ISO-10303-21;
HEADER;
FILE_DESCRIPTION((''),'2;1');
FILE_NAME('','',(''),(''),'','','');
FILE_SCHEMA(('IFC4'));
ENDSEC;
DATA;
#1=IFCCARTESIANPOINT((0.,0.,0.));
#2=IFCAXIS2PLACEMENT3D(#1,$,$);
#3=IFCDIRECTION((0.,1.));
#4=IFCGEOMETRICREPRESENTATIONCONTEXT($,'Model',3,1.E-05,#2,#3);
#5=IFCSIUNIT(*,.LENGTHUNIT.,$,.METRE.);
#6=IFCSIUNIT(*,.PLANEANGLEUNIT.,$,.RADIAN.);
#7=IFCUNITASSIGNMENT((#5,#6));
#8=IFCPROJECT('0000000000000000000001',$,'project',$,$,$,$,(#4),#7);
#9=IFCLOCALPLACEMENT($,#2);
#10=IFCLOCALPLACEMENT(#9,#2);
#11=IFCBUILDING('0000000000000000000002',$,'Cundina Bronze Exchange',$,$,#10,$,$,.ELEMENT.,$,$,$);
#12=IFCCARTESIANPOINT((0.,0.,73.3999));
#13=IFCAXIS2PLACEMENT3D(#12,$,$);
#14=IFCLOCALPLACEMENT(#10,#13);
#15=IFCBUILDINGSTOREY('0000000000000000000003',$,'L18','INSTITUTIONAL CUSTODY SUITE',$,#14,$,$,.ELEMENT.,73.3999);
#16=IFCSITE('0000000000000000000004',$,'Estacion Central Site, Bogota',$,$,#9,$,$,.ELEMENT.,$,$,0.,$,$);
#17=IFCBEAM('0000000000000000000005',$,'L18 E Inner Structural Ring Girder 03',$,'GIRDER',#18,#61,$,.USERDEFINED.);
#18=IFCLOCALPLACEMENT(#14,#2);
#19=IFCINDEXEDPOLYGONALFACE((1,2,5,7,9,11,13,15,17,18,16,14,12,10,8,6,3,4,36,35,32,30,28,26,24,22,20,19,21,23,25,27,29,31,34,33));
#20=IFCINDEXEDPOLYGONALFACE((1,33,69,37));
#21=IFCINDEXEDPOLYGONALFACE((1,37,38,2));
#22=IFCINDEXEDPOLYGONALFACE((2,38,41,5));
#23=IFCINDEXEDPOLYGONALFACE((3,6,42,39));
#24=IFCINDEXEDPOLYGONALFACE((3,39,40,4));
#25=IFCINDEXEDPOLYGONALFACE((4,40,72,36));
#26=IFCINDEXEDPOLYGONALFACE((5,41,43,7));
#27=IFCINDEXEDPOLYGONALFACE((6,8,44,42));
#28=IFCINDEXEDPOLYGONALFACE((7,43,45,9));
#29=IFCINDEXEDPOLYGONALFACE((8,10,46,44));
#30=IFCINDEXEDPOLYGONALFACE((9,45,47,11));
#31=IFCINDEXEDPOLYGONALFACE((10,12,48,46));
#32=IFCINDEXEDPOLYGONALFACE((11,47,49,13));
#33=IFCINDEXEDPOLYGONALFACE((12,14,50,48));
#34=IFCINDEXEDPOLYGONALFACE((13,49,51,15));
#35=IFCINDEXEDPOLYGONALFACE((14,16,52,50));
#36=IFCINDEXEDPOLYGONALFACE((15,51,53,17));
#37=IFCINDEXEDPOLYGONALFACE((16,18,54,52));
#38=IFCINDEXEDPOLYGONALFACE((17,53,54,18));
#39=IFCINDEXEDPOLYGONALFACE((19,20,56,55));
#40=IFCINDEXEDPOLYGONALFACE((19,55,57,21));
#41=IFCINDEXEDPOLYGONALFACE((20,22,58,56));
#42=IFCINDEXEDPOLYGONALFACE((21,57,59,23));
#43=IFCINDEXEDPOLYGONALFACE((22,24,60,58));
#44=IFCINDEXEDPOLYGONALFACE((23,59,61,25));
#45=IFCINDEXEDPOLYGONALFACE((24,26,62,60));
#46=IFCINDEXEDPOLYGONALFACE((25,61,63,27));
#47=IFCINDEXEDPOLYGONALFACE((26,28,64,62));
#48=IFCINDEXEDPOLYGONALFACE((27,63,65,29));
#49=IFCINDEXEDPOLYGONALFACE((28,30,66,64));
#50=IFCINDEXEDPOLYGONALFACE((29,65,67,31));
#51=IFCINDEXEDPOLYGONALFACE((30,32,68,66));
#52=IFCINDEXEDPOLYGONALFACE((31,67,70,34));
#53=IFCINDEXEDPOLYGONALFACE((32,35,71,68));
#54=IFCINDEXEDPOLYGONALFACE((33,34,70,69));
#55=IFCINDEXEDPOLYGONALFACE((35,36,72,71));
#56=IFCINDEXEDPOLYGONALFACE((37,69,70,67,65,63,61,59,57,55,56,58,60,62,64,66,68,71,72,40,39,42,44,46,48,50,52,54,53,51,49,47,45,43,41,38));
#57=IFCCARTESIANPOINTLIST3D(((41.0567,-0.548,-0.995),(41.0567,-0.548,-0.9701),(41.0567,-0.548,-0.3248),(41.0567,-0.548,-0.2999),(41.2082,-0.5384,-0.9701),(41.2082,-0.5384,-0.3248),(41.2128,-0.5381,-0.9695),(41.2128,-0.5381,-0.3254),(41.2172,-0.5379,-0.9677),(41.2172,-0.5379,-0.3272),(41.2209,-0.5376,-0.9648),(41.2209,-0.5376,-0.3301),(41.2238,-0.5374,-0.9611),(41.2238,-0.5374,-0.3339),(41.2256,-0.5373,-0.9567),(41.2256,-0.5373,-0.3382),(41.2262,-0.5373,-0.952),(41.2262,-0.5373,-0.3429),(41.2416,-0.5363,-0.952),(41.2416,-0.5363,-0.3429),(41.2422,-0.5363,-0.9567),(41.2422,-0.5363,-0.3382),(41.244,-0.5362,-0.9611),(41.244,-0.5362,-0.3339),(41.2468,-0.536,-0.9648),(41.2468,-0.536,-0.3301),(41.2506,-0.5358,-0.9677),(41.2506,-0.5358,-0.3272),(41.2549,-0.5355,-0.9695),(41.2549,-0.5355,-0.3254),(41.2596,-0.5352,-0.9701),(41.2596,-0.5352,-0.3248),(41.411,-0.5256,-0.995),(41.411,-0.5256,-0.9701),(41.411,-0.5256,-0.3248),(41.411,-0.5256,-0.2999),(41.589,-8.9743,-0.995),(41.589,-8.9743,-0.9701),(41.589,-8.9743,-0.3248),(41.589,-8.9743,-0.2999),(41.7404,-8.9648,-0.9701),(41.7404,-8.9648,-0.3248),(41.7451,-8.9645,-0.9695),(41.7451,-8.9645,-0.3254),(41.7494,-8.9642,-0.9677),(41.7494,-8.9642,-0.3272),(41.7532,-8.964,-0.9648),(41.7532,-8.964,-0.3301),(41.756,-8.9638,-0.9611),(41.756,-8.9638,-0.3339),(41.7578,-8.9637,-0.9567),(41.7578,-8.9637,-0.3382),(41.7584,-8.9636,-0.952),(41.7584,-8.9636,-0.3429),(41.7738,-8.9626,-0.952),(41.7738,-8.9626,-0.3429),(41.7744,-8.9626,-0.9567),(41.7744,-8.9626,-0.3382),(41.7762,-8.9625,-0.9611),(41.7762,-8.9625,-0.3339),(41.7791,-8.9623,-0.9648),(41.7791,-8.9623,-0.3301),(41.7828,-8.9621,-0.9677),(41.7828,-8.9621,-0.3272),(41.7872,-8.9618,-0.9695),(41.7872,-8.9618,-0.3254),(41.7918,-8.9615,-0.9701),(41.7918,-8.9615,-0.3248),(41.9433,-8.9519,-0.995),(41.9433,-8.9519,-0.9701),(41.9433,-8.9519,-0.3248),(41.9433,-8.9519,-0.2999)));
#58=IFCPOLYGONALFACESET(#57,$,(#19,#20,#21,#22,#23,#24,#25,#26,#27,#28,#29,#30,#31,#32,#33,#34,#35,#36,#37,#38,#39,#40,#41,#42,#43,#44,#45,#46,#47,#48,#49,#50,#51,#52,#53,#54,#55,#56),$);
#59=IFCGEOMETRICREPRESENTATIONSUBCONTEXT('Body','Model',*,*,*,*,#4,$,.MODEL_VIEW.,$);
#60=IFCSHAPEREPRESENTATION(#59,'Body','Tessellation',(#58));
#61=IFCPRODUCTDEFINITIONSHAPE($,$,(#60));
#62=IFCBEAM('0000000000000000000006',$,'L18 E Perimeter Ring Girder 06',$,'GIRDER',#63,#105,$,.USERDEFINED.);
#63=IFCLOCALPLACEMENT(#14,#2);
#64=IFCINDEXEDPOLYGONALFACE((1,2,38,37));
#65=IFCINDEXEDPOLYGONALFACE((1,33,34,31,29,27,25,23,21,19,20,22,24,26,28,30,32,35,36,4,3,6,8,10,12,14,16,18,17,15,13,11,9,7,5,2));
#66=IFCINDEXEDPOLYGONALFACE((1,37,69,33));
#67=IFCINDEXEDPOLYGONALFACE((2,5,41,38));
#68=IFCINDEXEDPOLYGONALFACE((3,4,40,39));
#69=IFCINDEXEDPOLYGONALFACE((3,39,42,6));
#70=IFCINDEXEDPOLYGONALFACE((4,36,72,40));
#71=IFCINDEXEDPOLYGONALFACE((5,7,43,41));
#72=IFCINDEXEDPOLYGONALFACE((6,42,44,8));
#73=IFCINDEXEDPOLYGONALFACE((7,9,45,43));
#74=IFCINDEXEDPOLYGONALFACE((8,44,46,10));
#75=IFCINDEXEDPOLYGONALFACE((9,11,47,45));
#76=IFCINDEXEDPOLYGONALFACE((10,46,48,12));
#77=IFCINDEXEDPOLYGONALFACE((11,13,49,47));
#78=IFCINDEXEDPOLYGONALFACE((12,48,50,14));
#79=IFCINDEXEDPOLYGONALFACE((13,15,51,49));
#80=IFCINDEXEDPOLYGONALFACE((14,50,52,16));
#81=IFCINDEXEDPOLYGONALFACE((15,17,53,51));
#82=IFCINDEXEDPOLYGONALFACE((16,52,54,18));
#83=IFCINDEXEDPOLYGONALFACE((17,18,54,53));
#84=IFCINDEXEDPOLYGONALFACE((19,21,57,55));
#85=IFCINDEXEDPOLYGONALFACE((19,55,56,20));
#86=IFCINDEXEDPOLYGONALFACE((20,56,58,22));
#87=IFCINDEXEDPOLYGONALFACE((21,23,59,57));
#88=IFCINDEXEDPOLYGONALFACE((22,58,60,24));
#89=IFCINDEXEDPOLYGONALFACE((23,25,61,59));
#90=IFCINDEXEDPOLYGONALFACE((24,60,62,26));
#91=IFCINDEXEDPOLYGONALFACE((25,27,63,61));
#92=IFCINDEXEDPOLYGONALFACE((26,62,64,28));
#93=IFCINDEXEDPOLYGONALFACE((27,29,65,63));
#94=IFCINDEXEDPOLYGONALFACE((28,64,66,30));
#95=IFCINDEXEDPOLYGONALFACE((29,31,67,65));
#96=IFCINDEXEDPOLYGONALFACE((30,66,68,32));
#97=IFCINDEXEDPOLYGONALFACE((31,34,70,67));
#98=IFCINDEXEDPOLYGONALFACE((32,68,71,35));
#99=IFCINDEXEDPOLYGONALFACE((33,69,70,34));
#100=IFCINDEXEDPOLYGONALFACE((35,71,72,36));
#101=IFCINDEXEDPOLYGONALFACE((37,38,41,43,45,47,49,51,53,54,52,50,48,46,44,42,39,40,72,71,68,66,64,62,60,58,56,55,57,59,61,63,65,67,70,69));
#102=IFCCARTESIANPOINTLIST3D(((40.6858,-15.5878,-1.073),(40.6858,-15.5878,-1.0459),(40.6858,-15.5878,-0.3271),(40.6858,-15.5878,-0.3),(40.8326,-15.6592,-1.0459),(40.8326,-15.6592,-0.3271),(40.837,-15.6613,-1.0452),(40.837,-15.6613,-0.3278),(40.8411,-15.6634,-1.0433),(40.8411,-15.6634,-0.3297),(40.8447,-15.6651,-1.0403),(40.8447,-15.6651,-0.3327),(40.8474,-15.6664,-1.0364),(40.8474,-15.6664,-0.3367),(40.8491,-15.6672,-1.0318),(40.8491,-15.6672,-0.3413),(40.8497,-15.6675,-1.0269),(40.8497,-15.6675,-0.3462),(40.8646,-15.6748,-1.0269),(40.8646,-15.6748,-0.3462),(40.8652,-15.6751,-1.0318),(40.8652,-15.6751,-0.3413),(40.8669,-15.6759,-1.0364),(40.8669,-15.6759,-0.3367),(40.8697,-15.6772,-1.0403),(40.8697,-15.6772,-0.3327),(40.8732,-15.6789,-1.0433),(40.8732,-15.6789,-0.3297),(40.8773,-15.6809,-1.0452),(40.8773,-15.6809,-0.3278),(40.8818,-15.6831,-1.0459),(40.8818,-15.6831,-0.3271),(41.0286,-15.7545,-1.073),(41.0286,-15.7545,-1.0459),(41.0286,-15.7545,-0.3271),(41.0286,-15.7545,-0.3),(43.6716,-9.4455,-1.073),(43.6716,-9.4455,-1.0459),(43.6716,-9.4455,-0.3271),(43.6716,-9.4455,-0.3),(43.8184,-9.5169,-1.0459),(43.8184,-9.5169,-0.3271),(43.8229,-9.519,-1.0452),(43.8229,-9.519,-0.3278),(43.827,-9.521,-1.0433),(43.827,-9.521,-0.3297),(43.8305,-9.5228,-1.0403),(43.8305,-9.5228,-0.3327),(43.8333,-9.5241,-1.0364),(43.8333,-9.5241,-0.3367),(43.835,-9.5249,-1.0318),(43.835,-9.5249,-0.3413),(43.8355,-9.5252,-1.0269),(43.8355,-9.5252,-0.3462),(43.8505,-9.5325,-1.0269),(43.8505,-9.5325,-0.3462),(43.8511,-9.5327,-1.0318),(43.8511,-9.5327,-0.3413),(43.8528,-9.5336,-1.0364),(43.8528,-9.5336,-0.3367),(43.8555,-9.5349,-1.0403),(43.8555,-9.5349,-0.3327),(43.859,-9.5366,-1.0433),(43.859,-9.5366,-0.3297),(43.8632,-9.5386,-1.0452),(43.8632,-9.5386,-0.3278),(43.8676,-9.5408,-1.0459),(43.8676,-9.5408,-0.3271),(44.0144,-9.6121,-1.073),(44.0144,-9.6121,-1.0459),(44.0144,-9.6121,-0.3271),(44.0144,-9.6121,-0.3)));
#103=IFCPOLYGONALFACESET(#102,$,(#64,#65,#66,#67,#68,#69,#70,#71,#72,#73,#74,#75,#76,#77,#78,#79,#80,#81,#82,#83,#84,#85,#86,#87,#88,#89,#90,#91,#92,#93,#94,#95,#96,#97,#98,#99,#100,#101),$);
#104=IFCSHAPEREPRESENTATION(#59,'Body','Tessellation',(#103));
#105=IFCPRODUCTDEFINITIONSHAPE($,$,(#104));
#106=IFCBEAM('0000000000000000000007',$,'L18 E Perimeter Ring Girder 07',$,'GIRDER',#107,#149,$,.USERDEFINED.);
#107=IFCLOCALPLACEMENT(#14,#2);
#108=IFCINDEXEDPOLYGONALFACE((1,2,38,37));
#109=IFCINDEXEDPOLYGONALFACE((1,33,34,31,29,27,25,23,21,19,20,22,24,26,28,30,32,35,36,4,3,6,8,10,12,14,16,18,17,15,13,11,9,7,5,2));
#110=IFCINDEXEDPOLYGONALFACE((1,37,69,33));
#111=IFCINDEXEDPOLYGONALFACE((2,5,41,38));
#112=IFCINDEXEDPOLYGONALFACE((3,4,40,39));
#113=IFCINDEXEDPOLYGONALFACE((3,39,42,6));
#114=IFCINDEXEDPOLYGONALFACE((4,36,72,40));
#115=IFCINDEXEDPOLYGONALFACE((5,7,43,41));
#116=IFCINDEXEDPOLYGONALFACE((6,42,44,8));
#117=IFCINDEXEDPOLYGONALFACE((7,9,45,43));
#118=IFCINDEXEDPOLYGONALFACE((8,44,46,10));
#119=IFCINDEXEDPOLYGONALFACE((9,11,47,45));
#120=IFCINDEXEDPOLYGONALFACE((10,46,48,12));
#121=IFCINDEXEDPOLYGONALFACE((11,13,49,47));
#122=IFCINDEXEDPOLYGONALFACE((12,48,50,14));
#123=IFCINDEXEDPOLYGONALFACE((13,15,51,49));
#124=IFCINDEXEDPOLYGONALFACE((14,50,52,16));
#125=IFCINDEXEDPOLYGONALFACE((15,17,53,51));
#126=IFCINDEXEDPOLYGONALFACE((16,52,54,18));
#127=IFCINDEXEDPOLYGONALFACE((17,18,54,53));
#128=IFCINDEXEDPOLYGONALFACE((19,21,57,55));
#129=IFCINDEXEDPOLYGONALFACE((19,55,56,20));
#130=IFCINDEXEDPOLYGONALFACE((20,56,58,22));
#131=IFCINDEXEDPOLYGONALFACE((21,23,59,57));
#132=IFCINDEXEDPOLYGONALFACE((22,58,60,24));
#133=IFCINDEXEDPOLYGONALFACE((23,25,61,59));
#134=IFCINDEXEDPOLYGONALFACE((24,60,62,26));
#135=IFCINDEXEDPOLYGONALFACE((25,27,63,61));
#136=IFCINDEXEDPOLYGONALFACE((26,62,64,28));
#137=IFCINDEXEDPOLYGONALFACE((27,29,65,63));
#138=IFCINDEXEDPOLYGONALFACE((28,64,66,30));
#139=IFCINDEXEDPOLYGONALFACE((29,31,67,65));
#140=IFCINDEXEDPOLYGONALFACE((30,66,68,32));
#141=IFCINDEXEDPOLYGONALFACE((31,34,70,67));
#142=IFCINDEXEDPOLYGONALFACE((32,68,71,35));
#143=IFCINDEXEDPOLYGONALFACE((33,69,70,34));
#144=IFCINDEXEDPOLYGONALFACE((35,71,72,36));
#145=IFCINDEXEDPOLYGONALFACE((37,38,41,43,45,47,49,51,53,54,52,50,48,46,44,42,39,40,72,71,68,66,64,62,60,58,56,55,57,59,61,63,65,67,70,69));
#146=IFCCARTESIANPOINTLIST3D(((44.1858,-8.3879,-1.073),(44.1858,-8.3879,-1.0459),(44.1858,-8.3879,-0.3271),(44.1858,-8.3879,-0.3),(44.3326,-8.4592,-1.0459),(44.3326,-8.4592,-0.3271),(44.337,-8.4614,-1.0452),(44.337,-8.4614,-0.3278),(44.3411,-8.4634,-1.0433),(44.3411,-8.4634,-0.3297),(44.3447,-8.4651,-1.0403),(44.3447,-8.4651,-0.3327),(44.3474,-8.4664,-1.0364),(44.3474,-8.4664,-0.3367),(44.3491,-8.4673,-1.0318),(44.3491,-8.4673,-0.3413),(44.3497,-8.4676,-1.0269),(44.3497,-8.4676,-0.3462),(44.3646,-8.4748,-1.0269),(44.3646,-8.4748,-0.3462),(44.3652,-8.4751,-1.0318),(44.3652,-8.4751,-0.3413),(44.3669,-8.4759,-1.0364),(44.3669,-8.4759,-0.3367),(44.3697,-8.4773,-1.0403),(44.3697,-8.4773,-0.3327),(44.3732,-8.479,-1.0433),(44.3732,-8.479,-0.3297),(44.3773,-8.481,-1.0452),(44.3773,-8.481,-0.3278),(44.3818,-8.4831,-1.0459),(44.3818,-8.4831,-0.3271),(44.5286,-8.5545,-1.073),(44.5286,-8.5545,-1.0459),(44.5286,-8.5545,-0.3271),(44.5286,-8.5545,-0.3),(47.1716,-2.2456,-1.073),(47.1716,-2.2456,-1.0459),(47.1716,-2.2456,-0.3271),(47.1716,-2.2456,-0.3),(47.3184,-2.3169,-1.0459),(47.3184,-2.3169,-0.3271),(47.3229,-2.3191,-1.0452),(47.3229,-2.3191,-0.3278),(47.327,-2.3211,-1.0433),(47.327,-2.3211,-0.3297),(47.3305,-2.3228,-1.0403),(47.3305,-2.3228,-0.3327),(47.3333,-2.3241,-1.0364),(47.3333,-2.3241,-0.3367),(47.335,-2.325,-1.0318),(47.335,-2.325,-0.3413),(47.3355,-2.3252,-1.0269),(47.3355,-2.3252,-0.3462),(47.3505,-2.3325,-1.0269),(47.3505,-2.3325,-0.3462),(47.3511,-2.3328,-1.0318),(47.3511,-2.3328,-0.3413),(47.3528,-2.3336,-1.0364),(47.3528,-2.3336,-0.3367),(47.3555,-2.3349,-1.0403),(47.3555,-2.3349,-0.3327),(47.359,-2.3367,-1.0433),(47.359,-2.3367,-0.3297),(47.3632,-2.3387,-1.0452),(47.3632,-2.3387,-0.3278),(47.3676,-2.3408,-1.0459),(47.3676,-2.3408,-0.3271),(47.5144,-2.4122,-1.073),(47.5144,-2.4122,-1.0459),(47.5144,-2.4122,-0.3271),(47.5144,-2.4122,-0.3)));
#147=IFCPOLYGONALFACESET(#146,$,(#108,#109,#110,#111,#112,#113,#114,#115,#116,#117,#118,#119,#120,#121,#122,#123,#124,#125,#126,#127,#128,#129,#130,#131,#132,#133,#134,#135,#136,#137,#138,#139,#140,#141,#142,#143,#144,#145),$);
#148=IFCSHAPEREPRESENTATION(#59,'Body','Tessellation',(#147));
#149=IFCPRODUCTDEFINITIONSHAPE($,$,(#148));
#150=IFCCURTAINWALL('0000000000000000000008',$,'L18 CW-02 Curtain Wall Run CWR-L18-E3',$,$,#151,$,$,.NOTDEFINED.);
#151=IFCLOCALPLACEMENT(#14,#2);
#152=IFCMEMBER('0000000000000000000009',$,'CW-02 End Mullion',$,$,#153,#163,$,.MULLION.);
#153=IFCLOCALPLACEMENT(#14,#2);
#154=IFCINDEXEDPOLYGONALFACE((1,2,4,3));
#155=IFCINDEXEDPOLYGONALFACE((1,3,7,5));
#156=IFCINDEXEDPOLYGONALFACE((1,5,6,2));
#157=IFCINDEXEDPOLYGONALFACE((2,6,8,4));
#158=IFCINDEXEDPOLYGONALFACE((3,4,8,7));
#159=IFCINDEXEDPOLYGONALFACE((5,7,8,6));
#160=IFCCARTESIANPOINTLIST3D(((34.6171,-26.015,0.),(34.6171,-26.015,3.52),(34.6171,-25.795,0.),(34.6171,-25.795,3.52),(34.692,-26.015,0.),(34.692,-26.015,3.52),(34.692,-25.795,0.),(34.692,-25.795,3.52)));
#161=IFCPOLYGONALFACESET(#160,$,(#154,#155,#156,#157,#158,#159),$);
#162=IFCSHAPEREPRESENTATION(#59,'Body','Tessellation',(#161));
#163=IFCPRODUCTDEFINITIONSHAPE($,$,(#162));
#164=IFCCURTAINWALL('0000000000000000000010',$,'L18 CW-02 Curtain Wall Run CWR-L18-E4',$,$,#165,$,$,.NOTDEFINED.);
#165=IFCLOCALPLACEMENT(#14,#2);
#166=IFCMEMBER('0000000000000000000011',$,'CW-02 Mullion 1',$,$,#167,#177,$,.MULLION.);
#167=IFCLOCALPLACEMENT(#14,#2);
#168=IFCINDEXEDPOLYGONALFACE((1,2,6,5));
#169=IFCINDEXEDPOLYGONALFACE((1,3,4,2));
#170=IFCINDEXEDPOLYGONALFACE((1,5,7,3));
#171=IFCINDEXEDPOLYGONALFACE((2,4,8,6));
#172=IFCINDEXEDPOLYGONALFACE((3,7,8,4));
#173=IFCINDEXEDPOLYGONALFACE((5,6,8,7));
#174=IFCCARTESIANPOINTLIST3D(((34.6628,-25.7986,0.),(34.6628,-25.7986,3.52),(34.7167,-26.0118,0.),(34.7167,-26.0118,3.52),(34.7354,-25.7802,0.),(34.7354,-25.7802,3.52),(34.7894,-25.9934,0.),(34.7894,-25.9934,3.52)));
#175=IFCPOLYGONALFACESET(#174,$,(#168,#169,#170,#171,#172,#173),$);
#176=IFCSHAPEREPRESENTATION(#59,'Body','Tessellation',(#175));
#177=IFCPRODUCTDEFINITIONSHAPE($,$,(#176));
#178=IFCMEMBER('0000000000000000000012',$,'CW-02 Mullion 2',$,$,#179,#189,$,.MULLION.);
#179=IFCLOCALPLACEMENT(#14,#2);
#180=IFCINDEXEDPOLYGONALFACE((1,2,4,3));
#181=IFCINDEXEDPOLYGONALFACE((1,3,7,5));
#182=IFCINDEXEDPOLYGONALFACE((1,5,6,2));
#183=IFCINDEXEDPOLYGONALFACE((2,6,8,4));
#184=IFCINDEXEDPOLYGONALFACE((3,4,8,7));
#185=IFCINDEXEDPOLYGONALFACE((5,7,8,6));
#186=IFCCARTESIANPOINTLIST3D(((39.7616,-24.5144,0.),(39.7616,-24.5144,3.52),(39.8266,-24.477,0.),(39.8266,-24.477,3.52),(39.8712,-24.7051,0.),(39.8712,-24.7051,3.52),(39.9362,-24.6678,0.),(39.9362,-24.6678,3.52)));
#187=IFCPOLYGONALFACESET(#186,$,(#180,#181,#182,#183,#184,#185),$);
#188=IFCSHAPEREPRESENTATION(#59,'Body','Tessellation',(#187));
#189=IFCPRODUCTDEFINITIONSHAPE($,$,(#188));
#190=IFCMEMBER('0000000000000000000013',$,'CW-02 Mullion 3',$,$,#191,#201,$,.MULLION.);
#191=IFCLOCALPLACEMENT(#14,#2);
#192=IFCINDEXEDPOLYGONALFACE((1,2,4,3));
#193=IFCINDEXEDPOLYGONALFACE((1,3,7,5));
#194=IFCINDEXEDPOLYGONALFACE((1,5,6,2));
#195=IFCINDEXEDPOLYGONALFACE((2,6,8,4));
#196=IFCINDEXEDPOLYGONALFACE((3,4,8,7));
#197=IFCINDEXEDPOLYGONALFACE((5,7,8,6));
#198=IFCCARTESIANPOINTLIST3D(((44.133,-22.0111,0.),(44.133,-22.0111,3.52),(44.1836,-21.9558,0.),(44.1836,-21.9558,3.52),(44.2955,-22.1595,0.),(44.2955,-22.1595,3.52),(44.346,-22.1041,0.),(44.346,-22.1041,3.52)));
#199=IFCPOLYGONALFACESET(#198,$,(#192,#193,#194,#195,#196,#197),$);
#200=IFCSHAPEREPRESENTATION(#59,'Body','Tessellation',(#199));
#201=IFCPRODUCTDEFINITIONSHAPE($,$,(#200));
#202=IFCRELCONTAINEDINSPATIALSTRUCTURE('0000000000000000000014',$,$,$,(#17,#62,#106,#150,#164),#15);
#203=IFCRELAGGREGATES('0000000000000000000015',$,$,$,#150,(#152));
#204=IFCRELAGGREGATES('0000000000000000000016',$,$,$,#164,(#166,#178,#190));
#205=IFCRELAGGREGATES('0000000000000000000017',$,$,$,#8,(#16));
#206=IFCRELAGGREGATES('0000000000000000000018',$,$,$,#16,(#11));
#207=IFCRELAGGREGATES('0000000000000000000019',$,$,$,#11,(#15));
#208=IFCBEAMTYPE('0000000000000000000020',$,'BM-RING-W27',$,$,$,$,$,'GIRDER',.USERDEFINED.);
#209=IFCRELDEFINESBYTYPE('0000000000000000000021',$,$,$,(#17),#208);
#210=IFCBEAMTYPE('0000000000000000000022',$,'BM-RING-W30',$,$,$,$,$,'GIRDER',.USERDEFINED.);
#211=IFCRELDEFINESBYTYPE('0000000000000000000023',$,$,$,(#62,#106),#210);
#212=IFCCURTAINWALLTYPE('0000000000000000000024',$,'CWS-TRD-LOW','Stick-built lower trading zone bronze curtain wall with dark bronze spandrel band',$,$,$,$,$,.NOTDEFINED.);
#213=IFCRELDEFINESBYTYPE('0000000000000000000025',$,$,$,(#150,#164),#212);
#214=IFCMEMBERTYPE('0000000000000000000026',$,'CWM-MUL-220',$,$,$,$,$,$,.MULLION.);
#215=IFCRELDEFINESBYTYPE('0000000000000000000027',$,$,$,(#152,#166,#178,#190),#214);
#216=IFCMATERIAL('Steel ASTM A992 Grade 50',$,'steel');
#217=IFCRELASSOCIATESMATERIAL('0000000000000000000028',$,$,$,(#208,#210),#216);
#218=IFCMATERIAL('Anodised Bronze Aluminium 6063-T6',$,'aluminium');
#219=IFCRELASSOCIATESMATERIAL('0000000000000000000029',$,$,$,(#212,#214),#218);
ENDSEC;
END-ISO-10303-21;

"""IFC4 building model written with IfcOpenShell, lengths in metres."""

from ifc_helpers import new_model, si_unit, direction, frame, origin, origin_2d, place, context, subcontext, project, spatial, rectangle, i_section, extrude, material, material_profile, profile_set, type_object, element, aggregate, save


model = new_model("IFC4")

# Units and contexts
model_context = context("Model", 3, precision=1e-05, world=origin(), true_north=direction((0.0, 1.0)))
body_context = subcontext(model_context, "Body", "Model", "MODEL_VIEW")
ifc_project = project(units=[si_unit("LENGTHUNIT", "METRE"), si_unit("PLANEANGLEUNIT", "RADIAN")], contexts=[model_context])

# Site, building, storey
site_placement = place(None, origin())
site = spatial("IfcSite", under=ifc_project, at=site_placement, Name="Estacion Central Site, Bogota", CompositionType="ELEMENT", RefElevation=0.0)
building_placement = place(site_placement, origin())
building = spatial("IfcBuilding", under=site, at=building_placement, Name="Cundina Bronze Exchange", CompositionType="ELEMENT")
storey_placement = place(building_placement, frame((0.0, 0.0, 73.3999)))
storey = spatial("IfcBuildingStorey", under=building, at=storey_placement, Name="L18", Description="INSTITUTIONAL CUSTODY SUITE", CompositionType="ELEMENT", Elevation=73.3999)

# Beams
ifc_material_1 = material(Name="Steel ASTM A992 Grade 50", Category="steel")
ifc_material_profile_1 = material_profile(ifc_material_1, i_section(OverallWidth=0.355, OverallDepth=0.6951, WebThickness=0.0154, FlangeThickness=0.0249, FilletRadius=0.0181, at=origin_2d()), Name="W27X146", Category="steel")
ifc_profile_set_1 = profile_set([ifc_material_profile_1], Name="Steel ASTM A992 Grade 50")
beam_type_1 = type_object("IfcBeamType", Name="BM-RING-W27", ElementType="GIRDER", PredefinedType="USERDEFINED", material=ifc_profile_set_1)
beam_1_placement = place(storey_placement, frame((41.7661, -8.9631, -0.6475), z_axis=(-0.063037, 0.998011, 0.0), x_axis=(-0.998011, -0.063037, 0.0)))
element("IfcBeam", 1, at=beam_1_placement, inside=storey, type_object=beam_type_1, Name="L18 E Inner Structural Ring Girder 03", ObjectType="GIRDER", PredefinedType="USERDEFINED", context=body_context, shape_type="SweptSolid", body=[
    extrude(i_section(OverallWidth=0.355, OverallDepth=0.6951, WebThickness=0.0154, FlangeThickness=0.0249, FilletRadius=0.0181, at=origin_2d()), origin(), (0.0, 0.0, 1.0), 8.4431),
])
ifc_material_profile_2 = material_profile(ifc_material_1, i_section(OverallWidth=0.3811, OverallDepth=0.7729, WebThickness=0.0166, FlangeThickness=0.0271, FilletRadius=0.019, at=origin_2d()), Name="W30X173", Category="steel")
ifc_profile_set_2 = profile_set([ifc_material_profile_2], Name="Steel ASTM A992 Grade 50")
beam_type_2 = type_object("IfcBeamType", Name="BM-RING-W30", ElementType="GIRDER", PredefinedType="USERDEFINED", material=ifc_profile_set_2)
for number, where, z_axis, x_axis, name in (
    (2, (40.8572, -15.6711, -0.6865), (0.437191, 0.899369, 0.0), (-0.899369, 0.437191, 0.0), "L18 E Perimeter Ring Girder 06"),
    (3, (44.3572, -8.4712, -0.6865), (0.437191, 0.899369, 0.0), (-0.899369, 0.437191, 0.0), "L18 E Perimeter Ring Girder 07"),
):
    element("IfcBeam", number, at=place(storey_placement, frame(where, z_axis=z_axis, x_axis=x_axis)), inside=storey, type_object=beam_type_2, Name=name, ObjectType="GIRDER", PredefinedType="USERDEFINED", context=body_context, shape_type="SweptSolid", body=[
        extrude(i_section(OverallWidth=0.3811, OverallDepth=0.7729, WebThickness=0.0166, FlangeThickness=0.0271, FilletRadius=0.019, at=origin_2d()), origin(), (0.0, 0.0, 1.0), 6.8296),
    ])

# Curtain wall, member
ifc_material_2 = material(Name="Anodised Bronze Aluminium 6063-T6", Category="aluminium")
curtain_wall_type = type_object("IfcCurtainWallType", Name="CWS-TRD-LOW", Description="Stick-built lower trading zone bronze curtain wall with dark bronze spandrel band", PredefinedType="NOTDEFINED", material=ifc_material_2)
curtain_wall_1_placement = place(storey_placement, origin())
curtain_wall_1 = element("IfcCurtainWall", 4, at=curtain_wall_1_placement, inside=storey, type_object=curtain_wall_type, Name="L18 CW-02 Curtain Wall Run CWR-L18-E3", PredefinedType="NOTDEFINED")
ifc_material_profile_3 = material_profile(ifc_material_2, rectangle(XDim=0.075, YDim=0.22, at=origin_2d()), Name="AL75X220", Category="aluminium")
ifc_profile_set_3 = profile_set([ifc_material_profile_3], Name="Anodised Bronze Aluminium 6063-T6")
member_type_1 = type_object("IfcMemberType", Name="CWM-MUL-220", PredefinedType="MULLION", material=ifc_profile_set_3)
member_1_placement = place(storey_placement, frame((34.6545, -25.905, 0.0), z_axis=(0.0, 0.0, 1.0), x_axis=(1.0, 0.0, 0.0)))
member_1 = element("IfcMember", 5, at=member_1_placement, type_object=member_type_1, Name="CW-02 End Mullion", PredefinedType="MULLION", context=body_context, shape_type="SweptSolid", body=[
    extrude(rectangle(XDim=0.075, YDim=0.22, at=origin_2d()), origin(), (0.0, 0.0, 1.0), 3.52),
])
aggregate(curtain_wall_1, [member_1])

# Curtain wall, members
curtain_wall_2_placement = place(storey_placement, origin())
curtain_wall_2 = element("IfcCurtainWall", 6, at=curtain_wall_2_placement, inside=storey, type_object=curtain_wall_type, Name="L18 CW-02 Curtain Wall Run CWR-L18-E4", PredefinedType="NOTDEFINED")
member_2_placement = place(storey_placement, frame((34.7261, -25.896, 0.0), z_axis=(0.0, 0.0, 1.0), x_axis=(0.969488, 0.245138, 0.0)))
member_2 = element("IfcMember", 7, at=member_2_placement, type_object=member_type_1, Name="CW-02 Mullion 1", PredefinedType="MULLION", context=body_context, shape_type="SweptSolid", body=[
    extrude(rectangle(XDim=0.075, YDim=0.22, at=origin_2d()), origin(), (0.0, 0.0, 1.0), 3.52),
])
member_3_placement = place(storey_placement, frame((39.8489, -24.5911, 0.0), z_axis=(0.0, 0.0, 1.0), x_axis=(0.867071, 0.498185, 0.0)))
member_3 = element("IfcMember", 8, at=member_3_placement, type_object=member_type_1, Name="CW-02 Mullion 2", PredefinedType="MULLION", context=body_context, shape_type="SweptSolid", body=[
    extrude(rectangle(XDim=0.075, YDim=0.22, at=origin_2d()), origin(), (0.0, 0.0, 1.0), 3.52),
])
member_4_placement = place(storey_placement, frame((44.2395, -22.0576, 0.0), z_axis=(0.0, 0.0, 1.0), x_axis=(0.674302, 0.738455, 0.0)))
member_4 = element("IfcMember", 9, at=member_4_placement, type_object=member_type_1, Name="CW-02 Mullion 3", PredefinedType="MULLION", context=body_context, shape_type="SweptSolid", body=[
    extrude(rectangle(XDim=0.075, YDim=0.22, at=origin_2d()), origin(), (0.0, 0.0, 1.0), 3.52),
])
aggregate(curtain_wall_2, [member_2, member_3, member_4])

save(model, "model.ifc")
